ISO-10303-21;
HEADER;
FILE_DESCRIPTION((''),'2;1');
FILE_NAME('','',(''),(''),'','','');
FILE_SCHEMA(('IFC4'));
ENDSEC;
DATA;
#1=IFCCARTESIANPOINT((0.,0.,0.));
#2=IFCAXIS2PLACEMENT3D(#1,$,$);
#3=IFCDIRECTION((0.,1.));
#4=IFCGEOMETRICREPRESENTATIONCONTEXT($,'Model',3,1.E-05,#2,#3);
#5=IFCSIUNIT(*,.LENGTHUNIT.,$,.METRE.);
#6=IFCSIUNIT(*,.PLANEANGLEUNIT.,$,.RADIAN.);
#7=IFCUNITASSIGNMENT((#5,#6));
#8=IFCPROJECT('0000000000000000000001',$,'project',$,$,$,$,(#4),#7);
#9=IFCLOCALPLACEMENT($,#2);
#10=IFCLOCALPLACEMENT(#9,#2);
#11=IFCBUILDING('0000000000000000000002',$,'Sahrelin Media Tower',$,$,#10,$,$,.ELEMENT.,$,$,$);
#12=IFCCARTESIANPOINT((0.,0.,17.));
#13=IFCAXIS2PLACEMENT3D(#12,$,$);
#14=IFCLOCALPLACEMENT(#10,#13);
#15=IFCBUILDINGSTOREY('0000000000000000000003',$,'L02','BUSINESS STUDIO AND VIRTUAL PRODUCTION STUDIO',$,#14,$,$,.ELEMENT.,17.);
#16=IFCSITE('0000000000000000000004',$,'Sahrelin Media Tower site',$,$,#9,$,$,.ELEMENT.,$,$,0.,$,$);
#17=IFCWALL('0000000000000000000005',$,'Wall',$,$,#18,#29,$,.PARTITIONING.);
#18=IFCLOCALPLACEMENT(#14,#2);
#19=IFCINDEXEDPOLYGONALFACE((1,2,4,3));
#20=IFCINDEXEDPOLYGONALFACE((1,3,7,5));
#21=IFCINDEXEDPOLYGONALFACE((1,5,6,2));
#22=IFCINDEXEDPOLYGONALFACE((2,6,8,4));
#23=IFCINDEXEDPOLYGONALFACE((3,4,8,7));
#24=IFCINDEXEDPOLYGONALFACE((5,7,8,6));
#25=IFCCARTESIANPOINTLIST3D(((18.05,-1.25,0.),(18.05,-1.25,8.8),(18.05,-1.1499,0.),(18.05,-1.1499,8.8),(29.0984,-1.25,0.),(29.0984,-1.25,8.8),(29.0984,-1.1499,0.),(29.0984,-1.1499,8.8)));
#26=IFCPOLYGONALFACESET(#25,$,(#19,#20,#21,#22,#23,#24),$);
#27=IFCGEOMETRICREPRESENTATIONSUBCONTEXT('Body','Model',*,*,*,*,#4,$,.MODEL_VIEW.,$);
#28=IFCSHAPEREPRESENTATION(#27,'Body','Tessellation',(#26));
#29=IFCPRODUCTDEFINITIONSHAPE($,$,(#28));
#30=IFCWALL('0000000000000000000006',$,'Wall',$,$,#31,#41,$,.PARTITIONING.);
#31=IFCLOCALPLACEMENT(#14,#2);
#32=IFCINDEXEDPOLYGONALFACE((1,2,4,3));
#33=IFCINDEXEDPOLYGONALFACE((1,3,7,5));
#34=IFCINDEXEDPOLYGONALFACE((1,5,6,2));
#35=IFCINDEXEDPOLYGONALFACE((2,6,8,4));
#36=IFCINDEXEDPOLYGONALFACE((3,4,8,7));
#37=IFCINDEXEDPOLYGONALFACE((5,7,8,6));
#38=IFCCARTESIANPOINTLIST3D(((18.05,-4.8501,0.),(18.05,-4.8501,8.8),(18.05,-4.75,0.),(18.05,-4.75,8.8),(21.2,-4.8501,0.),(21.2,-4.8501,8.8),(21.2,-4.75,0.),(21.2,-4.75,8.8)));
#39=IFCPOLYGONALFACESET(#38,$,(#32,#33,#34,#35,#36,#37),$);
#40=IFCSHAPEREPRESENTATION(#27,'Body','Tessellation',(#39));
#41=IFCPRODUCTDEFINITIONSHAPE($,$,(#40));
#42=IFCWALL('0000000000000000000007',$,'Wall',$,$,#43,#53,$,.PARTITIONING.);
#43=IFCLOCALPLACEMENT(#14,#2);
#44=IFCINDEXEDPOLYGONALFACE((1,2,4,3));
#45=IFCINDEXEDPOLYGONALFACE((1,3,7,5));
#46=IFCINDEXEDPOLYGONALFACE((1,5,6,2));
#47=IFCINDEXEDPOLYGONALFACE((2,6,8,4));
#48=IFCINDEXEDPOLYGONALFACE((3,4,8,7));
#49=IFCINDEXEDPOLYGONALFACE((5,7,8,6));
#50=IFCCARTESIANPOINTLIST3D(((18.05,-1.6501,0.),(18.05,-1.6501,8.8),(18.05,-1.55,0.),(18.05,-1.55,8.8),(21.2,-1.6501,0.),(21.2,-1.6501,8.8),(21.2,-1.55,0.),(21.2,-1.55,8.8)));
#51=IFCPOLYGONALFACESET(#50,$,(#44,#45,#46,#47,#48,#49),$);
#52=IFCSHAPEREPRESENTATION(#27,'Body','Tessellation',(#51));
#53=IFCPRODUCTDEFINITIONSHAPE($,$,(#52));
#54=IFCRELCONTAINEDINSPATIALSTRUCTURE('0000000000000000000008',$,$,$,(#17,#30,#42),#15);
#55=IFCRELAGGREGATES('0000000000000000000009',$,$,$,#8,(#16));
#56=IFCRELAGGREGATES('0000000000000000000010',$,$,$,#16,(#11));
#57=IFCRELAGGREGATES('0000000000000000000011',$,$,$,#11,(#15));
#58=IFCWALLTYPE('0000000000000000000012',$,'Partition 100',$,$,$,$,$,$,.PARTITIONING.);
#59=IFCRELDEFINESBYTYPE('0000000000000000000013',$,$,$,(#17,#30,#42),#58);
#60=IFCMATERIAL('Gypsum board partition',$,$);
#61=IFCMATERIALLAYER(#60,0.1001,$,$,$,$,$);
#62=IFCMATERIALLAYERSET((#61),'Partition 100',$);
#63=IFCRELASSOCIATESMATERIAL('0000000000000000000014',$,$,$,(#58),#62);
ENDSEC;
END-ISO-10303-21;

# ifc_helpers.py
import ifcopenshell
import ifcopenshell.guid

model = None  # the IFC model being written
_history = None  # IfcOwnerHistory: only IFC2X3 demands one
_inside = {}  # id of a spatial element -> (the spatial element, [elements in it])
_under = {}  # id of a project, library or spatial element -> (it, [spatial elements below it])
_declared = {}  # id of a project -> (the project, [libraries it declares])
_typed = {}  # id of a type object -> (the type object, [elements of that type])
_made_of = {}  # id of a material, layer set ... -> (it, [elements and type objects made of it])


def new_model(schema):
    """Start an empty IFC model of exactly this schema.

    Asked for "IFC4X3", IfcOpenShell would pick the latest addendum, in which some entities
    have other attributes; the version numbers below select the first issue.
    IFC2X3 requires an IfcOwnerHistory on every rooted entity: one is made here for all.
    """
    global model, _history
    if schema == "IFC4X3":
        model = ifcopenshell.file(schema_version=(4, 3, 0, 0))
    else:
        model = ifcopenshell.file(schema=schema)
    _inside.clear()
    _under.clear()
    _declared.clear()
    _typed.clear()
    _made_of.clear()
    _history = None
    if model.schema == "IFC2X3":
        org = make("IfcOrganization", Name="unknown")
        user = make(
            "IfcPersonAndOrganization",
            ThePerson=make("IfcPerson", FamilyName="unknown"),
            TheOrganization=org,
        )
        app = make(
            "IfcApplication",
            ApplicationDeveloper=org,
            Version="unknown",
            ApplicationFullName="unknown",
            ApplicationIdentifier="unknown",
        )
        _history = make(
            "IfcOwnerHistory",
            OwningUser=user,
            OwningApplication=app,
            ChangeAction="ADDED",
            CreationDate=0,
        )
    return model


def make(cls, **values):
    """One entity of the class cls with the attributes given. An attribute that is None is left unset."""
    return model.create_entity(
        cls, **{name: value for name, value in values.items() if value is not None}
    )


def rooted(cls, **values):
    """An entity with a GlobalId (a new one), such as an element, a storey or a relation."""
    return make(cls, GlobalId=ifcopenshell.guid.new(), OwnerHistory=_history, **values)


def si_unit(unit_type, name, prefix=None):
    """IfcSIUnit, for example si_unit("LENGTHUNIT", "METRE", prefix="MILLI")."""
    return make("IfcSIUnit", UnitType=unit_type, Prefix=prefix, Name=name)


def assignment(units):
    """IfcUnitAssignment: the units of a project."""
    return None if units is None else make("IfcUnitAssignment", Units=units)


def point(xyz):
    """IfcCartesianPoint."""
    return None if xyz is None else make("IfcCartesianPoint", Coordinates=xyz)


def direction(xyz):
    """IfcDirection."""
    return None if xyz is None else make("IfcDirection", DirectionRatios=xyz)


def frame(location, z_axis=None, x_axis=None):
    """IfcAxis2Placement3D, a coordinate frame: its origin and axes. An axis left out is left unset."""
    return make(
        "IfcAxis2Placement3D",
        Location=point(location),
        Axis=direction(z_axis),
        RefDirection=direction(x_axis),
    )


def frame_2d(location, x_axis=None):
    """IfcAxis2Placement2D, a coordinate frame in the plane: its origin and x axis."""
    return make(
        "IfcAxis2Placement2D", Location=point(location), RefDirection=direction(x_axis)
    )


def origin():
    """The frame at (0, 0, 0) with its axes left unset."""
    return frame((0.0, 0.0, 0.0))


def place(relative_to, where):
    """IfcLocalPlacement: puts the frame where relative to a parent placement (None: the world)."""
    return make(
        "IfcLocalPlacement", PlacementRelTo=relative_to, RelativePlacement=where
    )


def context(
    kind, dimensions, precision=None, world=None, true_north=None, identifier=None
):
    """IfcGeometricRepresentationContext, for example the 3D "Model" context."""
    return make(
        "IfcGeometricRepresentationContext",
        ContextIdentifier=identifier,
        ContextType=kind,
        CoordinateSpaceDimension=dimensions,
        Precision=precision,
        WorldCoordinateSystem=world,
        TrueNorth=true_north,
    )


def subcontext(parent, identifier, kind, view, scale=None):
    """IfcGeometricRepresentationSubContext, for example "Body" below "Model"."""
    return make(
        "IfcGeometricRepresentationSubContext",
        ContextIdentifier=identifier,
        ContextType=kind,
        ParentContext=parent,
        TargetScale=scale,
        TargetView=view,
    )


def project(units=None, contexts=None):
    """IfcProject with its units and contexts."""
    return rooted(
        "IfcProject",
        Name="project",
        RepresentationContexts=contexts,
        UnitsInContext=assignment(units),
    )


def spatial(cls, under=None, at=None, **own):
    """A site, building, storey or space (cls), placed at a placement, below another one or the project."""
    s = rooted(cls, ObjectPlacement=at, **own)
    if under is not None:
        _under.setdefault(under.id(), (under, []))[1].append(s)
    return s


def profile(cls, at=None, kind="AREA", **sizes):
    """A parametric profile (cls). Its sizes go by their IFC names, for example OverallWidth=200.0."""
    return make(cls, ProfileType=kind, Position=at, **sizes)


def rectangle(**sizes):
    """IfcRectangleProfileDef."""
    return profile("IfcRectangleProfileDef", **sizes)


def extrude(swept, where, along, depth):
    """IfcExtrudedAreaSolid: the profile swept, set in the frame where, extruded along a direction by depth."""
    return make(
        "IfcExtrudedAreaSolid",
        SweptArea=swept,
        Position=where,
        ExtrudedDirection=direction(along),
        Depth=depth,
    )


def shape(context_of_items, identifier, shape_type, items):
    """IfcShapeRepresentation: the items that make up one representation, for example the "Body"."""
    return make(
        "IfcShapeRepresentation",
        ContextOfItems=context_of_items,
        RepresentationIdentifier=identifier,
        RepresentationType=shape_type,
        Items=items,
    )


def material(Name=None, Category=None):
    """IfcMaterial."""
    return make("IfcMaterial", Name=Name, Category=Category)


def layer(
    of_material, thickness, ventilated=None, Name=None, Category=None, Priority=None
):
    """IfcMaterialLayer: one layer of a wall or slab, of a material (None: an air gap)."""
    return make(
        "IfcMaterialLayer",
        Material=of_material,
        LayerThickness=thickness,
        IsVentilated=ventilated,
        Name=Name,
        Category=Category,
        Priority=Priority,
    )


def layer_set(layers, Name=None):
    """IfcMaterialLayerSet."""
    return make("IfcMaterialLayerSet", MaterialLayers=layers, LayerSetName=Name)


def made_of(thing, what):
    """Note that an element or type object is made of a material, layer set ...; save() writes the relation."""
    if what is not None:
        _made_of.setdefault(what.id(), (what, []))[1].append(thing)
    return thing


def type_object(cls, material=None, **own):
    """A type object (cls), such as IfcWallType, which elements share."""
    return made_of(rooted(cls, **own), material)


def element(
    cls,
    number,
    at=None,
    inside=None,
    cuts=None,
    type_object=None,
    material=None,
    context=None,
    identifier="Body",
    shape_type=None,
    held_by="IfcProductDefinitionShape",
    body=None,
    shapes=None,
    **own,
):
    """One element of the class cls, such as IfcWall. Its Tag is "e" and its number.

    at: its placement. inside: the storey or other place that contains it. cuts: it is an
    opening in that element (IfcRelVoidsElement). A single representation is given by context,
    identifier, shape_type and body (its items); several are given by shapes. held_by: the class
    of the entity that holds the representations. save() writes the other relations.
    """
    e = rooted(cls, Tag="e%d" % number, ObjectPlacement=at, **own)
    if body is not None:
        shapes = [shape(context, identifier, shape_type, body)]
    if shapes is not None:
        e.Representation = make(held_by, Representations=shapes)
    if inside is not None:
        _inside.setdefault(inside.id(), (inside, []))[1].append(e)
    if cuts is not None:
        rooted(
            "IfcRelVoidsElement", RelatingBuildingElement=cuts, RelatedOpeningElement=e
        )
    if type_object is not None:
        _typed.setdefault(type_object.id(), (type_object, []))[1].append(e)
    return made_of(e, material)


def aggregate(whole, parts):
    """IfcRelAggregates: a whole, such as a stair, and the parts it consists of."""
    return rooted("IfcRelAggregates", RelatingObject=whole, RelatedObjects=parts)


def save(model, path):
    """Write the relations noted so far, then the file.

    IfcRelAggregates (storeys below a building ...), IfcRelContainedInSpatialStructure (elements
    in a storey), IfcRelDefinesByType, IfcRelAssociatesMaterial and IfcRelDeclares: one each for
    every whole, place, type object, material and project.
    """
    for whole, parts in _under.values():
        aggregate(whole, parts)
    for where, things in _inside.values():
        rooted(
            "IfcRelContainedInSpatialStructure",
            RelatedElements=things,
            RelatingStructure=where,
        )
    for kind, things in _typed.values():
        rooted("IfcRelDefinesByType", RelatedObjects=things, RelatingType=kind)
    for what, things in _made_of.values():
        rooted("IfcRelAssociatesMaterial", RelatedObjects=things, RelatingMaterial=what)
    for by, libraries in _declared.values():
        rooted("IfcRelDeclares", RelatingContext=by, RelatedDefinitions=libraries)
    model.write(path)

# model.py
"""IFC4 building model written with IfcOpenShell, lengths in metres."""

from ifc_helpers import new_model, si_unit, direction, frame, frame_2d, origin, place, context, subcontext, project, spatial, rectangle, extrude, material, layer, layer_set, type_object, element, save


model = new_model("IFC4")

# Units and contexts
model_context = context("Model", 3, precision=1e-05, world=origin(), true_north=direction((0.0, 1.0)))
body_context = subcontext(model_context, "Body", "Model", "MODEL_VIEW")
ifc_project = project(units=[si_unit("LENGTHUNIT", "METRE"), si_unit("PLANEANGLEUNIT", "RADIAN")], contexts=[model_context])

# Site, building, storey
site_placement = place(None, origin())
site = spatial("IfcSite", under=ifc_project, at=site_placement, Name="Sahrelin Media Tower site", CompositionType="ELEMENT", RefElevation=0.0)
building_placement = place(site_placement, origin())
building = spatial("IfcBuilding", under=site, at=building_placement, Name="Sahrelin Media Tower", CompositionType="ELEMENT")
storey_placement = place(building_placement, frame((0.0, 0.0, 17.0)))
storey = spatial("IfcBuildingStorey", under=building, at=storey_placement, Name="L02", Description="BUSINESS STUDIO AND VIRTUAL PRODUCTION STUDIO", CompositionType="ELEMENT", Elevation=17.0)

# Walls
ifc_material_1 = material(Name="Gypsum board partition")
ifc_layer_1 = layer(ifc_material_1, 0.1001)
ifc_layer_set_1 = layer_set([ifc_layer_1], Name="Partition 100")
wall_type_1 = type_object("IfcWallType", Name="Partition 100", PredefinedType="PARTITIONING", material=ifc_layer_set_1)
wall_1_placement = place(storey_placement, frame((18.05, -1.2, 0.0), z_axis=(0.0, 0.0, 1.0), x_axis=(1.0, 0.0, 0.0)))
element("IfcWall", 1, at=wall_1_placement, inside=storey, type_object=wall_type_1, Name="Wall", PredefinedType="PARTITIONING", context=body_context, shape_type="SweptSolid", body=[
    extrude(rectangle(XDim=11.0483, YDim=0.1001, at=frame_2d((5.5242, 0.0))), origin(), (0.0, 0.0, 1.0), 8.8),
])
for number, where, z_axis, x_axis, name in (
    (2, (18.05, -4.8, 0.0), (0.0, 0.0, 1.0), (1.0, 0.0, 0.0), "Wall"),
    (3, (18.05, -1.6001, 0.0), (0.0, 0.0, 1.0), (1.0, 0.0, 0.0), "Wall"),
):
    element("IfcWall", number, at=place(storey_placement, frame(where, z_axis=z_axis, x_axis=x_axis)), inside=storey, type_object=wall_type_1, Name=name, PredefinedType="PARTITIONING", context=body_context, shape_type="SweptSolid", body=[
        extrude(rectangle(XDim=3.1499, YDim=0.1001, at=frame_2d((1.575, 0.0))), origin(), (0.0, 0.0, 1.0), 8.8),
    ])

save(model, "model.ifc")
